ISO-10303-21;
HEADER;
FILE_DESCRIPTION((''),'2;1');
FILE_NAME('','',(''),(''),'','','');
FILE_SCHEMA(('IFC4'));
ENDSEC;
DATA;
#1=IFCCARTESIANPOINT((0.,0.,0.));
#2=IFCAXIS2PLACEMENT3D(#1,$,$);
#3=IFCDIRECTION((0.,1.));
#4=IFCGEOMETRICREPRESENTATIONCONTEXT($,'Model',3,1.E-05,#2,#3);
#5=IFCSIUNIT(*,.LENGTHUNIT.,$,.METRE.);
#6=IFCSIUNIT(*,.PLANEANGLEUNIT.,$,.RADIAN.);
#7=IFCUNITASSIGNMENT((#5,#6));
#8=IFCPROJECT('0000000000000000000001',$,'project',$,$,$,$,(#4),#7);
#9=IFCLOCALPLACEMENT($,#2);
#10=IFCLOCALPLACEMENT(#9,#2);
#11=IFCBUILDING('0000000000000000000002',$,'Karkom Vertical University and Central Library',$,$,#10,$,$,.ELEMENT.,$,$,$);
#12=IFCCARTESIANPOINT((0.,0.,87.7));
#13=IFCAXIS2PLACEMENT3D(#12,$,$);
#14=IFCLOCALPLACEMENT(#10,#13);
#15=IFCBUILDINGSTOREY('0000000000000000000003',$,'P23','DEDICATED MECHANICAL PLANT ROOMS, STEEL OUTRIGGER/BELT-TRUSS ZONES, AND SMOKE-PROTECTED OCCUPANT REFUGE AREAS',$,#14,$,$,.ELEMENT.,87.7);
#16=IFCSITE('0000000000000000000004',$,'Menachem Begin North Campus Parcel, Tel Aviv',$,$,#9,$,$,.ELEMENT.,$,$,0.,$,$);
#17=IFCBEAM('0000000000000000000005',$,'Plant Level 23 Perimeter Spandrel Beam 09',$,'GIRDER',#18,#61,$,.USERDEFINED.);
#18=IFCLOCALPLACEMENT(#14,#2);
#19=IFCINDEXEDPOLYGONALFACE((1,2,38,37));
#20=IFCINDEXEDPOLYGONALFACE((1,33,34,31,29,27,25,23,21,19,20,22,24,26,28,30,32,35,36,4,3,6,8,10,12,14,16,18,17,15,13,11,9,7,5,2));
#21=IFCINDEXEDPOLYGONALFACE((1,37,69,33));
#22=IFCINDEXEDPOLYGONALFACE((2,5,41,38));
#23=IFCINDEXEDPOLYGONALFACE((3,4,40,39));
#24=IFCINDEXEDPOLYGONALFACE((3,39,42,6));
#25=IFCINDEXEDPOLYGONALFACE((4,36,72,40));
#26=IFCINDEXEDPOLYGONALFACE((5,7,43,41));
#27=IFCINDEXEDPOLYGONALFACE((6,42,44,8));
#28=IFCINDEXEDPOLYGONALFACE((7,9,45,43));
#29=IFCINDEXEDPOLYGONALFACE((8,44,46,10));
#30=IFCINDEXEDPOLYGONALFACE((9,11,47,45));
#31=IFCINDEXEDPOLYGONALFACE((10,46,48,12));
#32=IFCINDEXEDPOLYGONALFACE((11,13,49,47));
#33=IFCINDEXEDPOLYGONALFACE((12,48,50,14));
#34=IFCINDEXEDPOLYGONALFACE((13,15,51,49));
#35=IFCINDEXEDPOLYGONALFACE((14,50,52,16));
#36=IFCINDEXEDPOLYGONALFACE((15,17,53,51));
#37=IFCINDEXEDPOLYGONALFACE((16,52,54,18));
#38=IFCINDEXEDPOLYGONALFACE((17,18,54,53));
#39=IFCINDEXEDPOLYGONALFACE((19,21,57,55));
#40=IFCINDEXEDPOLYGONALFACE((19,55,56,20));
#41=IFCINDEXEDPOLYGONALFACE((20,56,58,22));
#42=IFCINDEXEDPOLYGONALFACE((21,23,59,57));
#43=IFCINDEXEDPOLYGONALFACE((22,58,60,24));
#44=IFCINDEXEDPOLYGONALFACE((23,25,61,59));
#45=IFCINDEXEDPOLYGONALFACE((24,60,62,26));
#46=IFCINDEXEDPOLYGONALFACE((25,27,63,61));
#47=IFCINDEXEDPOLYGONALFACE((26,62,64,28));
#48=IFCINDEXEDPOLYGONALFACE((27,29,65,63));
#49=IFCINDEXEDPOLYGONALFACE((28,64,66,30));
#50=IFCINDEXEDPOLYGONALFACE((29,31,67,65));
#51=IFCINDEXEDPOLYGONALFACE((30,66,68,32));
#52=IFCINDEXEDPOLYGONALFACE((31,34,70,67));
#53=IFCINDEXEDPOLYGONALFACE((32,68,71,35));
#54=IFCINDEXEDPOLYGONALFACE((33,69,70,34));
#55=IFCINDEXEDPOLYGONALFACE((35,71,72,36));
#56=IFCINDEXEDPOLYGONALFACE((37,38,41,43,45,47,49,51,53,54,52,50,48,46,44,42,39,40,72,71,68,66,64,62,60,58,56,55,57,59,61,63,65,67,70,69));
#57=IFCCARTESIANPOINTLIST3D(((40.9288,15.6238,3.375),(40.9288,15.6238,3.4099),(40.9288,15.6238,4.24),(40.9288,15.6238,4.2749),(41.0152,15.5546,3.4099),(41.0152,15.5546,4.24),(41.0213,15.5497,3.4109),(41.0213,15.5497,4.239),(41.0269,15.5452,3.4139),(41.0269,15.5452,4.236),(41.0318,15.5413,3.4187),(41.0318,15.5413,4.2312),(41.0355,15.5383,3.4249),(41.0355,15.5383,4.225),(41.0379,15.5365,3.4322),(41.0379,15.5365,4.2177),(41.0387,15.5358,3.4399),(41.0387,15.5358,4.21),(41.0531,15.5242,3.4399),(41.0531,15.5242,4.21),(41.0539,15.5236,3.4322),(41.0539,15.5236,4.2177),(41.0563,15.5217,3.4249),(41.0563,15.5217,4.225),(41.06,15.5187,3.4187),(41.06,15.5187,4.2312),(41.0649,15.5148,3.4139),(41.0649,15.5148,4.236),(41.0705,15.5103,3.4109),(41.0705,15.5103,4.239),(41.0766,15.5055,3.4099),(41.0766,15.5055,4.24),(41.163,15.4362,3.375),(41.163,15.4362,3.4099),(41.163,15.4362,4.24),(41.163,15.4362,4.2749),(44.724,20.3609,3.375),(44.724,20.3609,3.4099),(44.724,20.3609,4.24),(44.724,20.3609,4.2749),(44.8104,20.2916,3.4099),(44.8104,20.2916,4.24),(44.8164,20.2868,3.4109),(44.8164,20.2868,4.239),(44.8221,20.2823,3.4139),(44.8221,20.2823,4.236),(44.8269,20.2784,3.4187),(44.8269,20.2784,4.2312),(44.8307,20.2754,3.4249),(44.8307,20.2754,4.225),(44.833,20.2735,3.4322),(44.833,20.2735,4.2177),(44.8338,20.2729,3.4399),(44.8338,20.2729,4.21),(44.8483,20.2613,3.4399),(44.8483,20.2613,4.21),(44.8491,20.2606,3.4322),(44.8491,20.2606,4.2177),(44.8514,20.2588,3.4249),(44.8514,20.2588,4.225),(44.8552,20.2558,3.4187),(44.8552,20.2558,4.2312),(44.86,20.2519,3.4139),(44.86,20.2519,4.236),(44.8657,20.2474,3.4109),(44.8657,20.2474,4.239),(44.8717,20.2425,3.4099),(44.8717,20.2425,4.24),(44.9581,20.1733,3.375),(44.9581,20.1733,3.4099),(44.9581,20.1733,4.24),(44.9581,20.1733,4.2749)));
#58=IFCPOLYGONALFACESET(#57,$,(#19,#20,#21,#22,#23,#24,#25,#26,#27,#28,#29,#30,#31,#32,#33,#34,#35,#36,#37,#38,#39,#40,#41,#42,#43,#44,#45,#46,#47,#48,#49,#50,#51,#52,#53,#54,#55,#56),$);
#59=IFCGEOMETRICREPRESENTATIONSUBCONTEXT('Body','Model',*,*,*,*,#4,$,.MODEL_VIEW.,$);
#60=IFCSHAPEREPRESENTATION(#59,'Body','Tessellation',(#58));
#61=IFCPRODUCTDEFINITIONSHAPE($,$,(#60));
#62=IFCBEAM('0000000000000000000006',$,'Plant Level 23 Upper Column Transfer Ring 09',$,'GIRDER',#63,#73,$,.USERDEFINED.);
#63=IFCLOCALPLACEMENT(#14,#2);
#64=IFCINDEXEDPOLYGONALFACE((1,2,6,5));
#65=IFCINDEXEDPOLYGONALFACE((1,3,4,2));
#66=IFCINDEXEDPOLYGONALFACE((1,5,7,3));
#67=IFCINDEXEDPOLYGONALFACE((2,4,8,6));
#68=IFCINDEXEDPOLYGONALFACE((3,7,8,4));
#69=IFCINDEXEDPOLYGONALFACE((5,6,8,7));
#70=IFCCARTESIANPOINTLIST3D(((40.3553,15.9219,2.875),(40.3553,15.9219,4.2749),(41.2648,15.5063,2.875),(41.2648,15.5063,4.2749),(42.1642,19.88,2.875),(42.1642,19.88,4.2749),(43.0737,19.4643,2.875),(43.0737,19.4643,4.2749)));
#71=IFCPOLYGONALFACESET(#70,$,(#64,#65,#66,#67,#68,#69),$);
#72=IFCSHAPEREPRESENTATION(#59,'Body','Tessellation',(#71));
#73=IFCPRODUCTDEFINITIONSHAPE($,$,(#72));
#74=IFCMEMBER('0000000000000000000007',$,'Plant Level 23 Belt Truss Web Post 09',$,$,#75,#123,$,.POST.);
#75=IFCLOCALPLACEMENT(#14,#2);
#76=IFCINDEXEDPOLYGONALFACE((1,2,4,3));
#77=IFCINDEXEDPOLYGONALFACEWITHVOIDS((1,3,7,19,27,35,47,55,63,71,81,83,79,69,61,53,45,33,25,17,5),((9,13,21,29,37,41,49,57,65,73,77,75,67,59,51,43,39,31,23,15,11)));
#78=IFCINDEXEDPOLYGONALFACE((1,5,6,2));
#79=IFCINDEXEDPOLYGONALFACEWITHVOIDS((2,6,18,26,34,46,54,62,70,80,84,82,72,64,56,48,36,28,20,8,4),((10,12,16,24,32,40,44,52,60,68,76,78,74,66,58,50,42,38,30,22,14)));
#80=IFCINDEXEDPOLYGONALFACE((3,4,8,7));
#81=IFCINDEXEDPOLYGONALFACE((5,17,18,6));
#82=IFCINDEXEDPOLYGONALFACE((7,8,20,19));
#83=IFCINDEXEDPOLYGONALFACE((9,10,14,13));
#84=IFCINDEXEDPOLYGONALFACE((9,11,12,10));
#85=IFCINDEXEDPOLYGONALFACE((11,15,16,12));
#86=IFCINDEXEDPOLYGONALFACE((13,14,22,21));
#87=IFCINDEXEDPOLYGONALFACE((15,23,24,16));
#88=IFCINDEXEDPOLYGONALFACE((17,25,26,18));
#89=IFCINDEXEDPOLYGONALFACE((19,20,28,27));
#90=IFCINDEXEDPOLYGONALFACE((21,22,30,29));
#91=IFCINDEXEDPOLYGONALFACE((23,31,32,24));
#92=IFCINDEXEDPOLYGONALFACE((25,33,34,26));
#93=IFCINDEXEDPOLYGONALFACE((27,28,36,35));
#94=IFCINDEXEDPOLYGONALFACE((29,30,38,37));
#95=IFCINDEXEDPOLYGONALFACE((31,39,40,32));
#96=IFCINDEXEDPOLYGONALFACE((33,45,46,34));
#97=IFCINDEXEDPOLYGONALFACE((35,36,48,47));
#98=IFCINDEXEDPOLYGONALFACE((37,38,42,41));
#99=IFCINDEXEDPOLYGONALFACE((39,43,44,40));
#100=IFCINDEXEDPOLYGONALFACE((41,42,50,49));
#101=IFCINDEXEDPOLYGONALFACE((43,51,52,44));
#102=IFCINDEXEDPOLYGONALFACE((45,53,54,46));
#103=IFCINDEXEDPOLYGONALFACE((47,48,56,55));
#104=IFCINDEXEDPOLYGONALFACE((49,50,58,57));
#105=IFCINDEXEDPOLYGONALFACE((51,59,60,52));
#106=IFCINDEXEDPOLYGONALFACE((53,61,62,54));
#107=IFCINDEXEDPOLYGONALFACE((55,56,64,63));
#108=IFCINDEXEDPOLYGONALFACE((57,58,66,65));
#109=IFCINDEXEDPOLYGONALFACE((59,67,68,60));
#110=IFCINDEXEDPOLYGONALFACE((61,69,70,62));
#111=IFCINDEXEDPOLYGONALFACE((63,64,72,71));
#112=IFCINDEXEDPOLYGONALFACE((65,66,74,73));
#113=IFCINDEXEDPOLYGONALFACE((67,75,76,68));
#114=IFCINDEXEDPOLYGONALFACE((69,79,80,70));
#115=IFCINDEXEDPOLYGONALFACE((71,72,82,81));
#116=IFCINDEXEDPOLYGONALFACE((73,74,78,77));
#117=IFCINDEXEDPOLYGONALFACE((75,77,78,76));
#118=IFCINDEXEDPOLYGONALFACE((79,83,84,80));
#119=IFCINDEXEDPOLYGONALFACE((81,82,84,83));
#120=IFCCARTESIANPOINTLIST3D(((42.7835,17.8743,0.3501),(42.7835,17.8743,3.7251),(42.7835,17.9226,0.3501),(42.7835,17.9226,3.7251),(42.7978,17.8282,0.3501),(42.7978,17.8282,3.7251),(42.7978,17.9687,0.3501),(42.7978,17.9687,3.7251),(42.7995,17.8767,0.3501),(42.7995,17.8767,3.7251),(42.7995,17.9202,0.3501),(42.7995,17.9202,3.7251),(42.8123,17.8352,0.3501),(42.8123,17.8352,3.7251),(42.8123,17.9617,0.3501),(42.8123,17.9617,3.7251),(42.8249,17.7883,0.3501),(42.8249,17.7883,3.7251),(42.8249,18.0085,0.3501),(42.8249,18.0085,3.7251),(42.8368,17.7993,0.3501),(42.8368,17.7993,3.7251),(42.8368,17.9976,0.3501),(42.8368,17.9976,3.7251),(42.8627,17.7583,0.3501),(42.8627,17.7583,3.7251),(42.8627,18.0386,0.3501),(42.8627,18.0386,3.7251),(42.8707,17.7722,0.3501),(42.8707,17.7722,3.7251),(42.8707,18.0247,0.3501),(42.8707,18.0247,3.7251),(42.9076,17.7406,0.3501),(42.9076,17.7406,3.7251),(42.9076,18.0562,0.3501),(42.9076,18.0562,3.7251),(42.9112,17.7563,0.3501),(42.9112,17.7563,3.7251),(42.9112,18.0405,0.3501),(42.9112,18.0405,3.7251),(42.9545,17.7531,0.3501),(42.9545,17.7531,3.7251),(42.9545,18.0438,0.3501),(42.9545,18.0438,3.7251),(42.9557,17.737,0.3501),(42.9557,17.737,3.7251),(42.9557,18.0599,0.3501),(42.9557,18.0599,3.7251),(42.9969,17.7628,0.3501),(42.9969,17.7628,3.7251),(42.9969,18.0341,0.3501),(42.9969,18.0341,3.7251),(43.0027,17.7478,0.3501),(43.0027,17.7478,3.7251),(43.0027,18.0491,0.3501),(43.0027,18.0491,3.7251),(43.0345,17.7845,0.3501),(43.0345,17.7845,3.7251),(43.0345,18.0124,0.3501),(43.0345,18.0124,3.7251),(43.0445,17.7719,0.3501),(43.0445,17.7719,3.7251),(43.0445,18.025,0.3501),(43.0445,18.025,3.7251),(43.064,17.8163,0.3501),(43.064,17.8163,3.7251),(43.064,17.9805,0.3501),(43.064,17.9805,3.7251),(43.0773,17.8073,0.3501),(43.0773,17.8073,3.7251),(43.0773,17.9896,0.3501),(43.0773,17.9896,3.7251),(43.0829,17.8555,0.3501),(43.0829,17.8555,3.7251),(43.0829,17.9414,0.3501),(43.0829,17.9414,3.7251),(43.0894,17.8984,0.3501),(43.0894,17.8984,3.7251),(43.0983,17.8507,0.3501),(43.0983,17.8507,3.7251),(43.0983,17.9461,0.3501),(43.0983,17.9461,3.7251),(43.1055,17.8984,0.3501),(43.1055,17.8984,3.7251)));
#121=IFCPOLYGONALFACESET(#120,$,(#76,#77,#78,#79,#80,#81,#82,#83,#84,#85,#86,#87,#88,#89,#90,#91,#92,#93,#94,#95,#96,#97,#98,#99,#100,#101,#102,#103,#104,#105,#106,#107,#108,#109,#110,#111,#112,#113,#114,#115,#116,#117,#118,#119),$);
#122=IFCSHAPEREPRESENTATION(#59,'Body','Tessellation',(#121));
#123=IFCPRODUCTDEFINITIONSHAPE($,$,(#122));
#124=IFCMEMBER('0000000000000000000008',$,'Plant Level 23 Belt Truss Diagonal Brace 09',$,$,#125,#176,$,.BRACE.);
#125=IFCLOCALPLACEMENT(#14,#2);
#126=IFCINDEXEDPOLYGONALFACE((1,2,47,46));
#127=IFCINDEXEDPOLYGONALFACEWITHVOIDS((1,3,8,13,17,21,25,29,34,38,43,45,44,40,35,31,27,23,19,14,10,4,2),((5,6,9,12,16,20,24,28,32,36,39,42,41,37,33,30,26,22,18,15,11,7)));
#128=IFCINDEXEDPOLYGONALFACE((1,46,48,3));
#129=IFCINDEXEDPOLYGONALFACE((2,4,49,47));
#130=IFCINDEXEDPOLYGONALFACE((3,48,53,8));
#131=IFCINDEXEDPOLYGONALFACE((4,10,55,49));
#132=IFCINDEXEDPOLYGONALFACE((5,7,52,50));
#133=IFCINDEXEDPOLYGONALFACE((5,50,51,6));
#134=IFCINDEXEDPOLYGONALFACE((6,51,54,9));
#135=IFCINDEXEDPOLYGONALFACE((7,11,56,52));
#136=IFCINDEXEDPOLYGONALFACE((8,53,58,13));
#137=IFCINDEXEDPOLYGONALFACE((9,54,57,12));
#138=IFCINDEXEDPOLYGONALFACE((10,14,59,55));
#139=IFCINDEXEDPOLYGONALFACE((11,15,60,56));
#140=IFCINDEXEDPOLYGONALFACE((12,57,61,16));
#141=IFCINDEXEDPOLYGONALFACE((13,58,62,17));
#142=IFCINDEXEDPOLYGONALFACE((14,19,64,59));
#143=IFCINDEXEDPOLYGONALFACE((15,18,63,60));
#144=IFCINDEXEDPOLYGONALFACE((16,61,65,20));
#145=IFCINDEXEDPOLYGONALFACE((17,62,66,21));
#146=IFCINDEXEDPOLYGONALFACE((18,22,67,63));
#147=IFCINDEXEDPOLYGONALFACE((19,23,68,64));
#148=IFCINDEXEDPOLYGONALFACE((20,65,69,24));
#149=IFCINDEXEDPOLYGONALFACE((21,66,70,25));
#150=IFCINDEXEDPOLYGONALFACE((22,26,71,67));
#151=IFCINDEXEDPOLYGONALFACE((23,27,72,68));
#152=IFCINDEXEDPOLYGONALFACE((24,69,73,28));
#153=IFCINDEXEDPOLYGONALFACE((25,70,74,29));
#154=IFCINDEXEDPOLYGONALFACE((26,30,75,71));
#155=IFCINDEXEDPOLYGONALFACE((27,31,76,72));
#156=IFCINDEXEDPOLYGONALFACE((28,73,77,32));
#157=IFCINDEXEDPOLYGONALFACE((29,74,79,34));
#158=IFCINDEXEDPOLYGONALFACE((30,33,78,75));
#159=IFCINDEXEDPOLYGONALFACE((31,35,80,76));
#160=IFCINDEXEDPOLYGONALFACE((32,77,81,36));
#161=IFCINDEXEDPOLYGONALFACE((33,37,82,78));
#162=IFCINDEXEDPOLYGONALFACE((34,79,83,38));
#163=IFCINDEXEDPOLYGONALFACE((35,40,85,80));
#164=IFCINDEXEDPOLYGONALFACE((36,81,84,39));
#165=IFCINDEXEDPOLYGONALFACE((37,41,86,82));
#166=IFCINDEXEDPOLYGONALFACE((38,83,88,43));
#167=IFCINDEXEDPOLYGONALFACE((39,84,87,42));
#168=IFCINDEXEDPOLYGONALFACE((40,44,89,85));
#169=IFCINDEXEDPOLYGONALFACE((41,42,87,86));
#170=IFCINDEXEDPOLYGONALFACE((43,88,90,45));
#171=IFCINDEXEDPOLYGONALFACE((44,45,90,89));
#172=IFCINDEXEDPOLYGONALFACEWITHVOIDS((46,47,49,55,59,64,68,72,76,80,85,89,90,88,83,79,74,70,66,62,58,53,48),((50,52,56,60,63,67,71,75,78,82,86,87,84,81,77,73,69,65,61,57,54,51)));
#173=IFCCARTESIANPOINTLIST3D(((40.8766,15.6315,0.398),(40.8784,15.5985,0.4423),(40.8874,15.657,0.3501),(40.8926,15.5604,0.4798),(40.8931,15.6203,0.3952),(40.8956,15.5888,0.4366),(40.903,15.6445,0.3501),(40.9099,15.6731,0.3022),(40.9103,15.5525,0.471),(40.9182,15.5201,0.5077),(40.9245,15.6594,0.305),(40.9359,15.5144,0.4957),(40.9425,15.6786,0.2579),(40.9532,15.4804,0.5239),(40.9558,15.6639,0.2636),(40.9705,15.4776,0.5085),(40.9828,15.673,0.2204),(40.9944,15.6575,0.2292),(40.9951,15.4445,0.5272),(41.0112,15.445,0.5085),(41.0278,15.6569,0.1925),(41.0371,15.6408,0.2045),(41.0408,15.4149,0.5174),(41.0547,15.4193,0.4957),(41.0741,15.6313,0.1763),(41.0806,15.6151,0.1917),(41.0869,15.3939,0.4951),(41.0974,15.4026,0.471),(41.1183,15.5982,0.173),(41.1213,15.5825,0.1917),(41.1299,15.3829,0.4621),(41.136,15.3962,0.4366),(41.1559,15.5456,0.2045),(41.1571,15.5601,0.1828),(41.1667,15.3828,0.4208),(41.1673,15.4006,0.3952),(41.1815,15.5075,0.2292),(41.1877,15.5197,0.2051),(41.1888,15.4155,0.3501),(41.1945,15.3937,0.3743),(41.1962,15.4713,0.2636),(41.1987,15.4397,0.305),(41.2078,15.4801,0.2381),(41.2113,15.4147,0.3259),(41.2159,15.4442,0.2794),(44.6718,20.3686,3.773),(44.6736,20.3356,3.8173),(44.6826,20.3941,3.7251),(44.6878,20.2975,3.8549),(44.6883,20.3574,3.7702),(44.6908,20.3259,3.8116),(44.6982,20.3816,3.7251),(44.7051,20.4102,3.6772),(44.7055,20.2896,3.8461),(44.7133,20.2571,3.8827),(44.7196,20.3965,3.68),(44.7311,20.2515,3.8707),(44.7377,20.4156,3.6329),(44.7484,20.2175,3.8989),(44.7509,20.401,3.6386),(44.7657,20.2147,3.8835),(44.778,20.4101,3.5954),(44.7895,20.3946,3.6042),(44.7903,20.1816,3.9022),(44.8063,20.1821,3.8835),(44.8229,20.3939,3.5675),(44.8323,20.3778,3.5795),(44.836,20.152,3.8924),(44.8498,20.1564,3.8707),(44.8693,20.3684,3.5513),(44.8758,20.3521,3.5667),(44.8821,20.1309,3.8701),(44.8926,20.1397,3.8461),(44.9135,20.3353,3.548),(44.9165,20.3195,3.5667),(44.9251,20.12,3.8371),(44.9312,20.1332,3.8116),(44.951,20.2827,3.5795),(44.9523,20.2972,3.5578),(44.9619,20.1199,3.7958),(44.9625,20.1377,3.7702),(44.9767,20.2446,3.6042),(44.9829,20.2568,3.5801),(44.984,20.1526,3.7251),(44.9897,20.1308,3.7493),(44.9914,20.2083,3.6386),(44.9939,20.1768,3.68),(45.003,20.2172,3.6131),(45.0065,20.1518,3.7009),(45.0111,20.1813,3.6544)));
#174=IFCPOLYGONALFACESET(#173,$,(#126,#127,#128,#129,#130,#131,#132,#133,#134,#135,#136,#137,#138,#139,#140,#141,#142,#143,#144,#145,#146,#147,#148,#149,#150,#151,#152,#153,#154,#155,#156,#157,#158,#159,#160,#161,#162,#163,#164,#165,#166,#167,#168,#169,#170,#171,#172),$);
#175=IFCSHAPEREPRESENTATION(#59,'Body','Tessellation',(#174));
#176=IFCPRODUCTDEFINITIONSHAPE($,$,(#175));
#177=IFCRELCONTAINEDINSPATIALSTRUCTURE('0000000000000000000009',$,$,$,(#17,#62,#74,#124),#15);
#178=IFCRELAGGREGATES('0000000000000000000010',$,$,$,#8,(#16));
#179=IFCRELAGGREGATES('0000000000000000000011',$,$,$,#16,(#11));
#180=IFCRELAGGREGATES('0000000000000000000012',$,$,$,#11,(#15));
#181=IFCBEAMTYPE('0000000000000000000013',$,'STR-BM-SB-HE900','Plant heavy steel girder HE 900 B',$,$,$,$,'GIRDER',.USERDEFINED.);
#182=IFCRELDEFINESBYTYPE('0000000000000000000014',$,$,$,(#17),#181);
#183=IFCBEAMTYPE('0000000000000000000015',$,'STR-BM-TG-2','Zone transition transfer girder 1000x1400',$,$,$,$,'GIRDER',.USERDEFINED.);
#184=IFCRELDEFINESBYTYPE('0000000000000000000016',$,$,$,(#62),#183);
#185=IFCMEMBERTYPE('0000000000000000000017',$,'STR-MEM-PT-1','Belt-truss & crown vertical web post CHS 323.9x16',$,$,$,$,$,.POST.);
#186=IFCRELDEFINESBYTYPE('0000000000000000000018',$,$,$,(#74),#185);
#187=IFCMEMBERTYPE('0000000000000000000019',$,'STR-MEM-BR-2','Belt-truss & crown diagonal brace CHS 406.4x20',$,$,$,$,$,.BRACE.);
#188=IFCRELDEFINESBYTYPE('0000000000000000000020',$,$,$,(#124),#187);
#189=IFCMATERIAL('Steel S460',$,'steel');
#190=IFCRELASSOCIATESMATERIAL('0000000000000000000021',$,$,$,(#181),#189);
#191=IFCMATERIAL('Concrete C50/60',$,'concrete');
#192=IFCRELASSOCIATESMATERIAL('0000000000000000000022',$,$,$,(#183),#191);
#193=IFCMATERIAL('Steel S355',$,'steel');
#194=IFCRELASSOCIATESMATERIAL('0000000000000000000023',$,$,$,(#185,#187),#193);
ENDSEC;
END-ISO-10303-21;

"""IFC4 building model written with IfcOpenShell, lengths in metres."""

from ifc_helpers import new_model, si_unit, direction, frame, origin, origin_with_axes, origin_2d, place, context, subcontext, project, spatial, rectangle, hollow_circle, i_section, extrude, source, transform, mapped, material, material_profile, profile_set, type_object, element, save


model = new_model("IFC4")

# Units and contexts
model_context = context("Model", 3, precision=1e-05, world=origin(), true_north=direction((0.0, 1.0)))
body_context = subcontext(model_context, "Body", "Model", "MODEL_VIEW")
ifc_project = project(units=[si_unit("LENGTHUNIT", "METRE"), si_unit("PLANEANGLEUNIT", "RADIAN")], contexts=[model_context])

# Site, building, storey
site_placement = place(None, origin())
site = spatial("IfcSite", under=ifc_project, at=site_placement, Name="Menachem Begin North Campus Parcel, Tel Aviv", CompositionType="ELEMENT", RefElevation=0.0)
building_placement = place(site_placement, origin())
building = spatial("IfcBuilding", under=site, at=building_placement, Name="Karkom Vertical University and Central Library", CompositionType="ELEMENT")
storey_placement = place(building_placement, frame((0.0, 0.0, 87.7)))
storey = spatial("IfcBuildingStorey", under=building, at=storey_placement, Name="P23", Description="DEDICATED MECHANICAL PLANT ROOMS, STEEL OUTRIGGER/BELT-TRUSS ZONES, AND SMOKE-PROTECTED OCCUPANT REFUGE AREAS", CompositionType="ELEMENT", Elevation=87.7)

# Shared definitions
ifc_material_1 = material(Name="Concrete C50/60", Category="concrete")

# Beams
ifc_material_2 = material(Name="Steel S355", Category="steel")
ifc_material_3 = material(Name="Steel S460", Category="steel")
ifc_material_profile_1 = material_profile(ifc_material_3, i_section(OverallWidth=0.3, OverallDepth=0.8999, WebThickness=0.0186, FlangeThickness=0.0349, FilletRadius=0.03, at=origin_2d()), Name="HE 900 B")
ifc_profile_set_1 = profile_set([ifc_material_profile_1], Name="Steel S460")
beam_type_1 = type_object("IfcBeamType", Name="STR-BM-SB-HE900", Description="Plant heavy steel girder HE 900 B", ElementType="GIRDER", PredefinedType="USERDEFINED", material=ifc_profile_set_1)
shared_shape_1 = source(origin_with_axes(), body_context, "Body", "SweptSolid", [
    extrude(i_section(OverallWidth=0.3, OverallDepth=0.8999, WebThickness=0.0186, FlangeThickness=0.0349, FilletRadius=0.03, at=origin_2d()), origin(), (0.0, 0.0, 1.0), 6.0698),
])
beam_1_placement = place(storey_placement, frame((41.0459, 15.53, 3.825), z_axis=(0.625249, 0.780425, 0.0), x_axis=(-0.780425, 0.625249, 0.0)))
element("IfcBeam", 1, at=beam_1_placement, inside=storey, type_object=beam_type_1, Name="Plant Level 23 Perimeter Spandrel Beam 09", ObjectType="GIRDER", PredefinedType="USERDEFINED", context=body_context, shape_type="MappedRepresentation", body=[
    mapped(shared_shape_1, transform((0.0, 0.0, 0.0), scale=1.0)),
])
ifc_material_profile_2 = material_profile(ifc_material_1, rectangle(XDim=1.0, YDim=1.3999, at=origin_2d()), Name="TG-1000x1400")
ifc_profile_set_2 = profile_set([ifc_material_profile_2], Name="Concrete C50/60")
beam_type_2 = type_object("IfcBeamType", Name="STR-BM-TG-2", Description="Zone transition transfer girder 1000x1400", ElementType="GIRDER", PredefinedType="USERDEFINED", material=ifc_profile_set_2)
shared_shape_2 = source(origin_with_axes(), body_context, "Body", "SweptSolid", [
    extrude(rectangle(XDim=1.0, YDim=1.3999, at=origin_2d()), origin(), (0.0, 0.0, 1.0), 4.3518),
])
beam_2_placement = place(storey_placement, frame((40.8101, 15.7141, 3.575), z_axis=(0.415658, 0.909521, 0.0), x_axis=(-0.909521, 0.415658, 0.0)))
element("IfcBeam", 2, at=beam_2_placement, inside=storey, type_object=beam_type_2, Name="Plant Level 23 Upper Column Transfer Ring 09", ObjectType="GIRDER", PredefinedType="USERDEFINED", context=body_context, shape_type="MappedRepresentation", body=[
    mapped(shared_shape_2, transform((0.0, 0.0, 0.0), scale=1.0)),
])

# Members
ifc_material_profile_3 = material_profile(ifc_material_2, hollow_circle(Radius=0.1619, WallThickness=0.0161, at=origin_2d()), Name="CHS 323.9x16")
ifc_profile_set_3 = profile_set([ifc_material_profile_3], Name="Steel S355")
member_type_1 = type_object("IfcMemberType", Name="STR-MEM-PT-1", Description="Belt-truss & crown vertical web post CHS 323.9x16", PredefinedType="POST", material=ifc_profile_set_3)
shared_shape_3 = source(origin_with_axes(), body_context, "Body", "SweptSolid", [
    extrude(hollow_circle(Radius=0.1619, WallThickness=0.0161, at=origin_2d()), origin(), (0.0, 0.0, 1.0), 3.375),
])
member_1_placement = place(storey_placement, frame((42.9436, 17.8984, 0.3501), z_axis=(0.0, 0.0, 1.0), x_axis=(1.0, 0.0, 0.0)))
element("IfcMember", 3, at=member_1_placement, inside=storey, type_object=member_type_1, Name="Plant Level 23 Belt Truss Web Post 09", PredefinedType="POST", context=body_context, shape_type="MappedRepresentation", body=[
    mapped(shared_shape_3, transform((0.0, 0.0, 0.0), scale=1.0)),
])
ifc_material_profile_4 = material_profile(ifc_material_2, hollow_circle(Radius=0.2031, WallThickness=0.02, at=origin_2d()), Name="CHS 406.4x20")
ifc_profile_set_4 = profile_set([ifc_material_profile_4], Name="Steel S355")
member_type_2 = type_object("IfcMemberType", Name="STR-MEM-BR-2", Description="Belt-truss & crown diagonal brace CHS 406.4x20", PredefinedType="BRACE", material=ifc_profile_set_4)
shared_shape_4 = source(origin_with_axes(), body_context, "Body", "SweptSolid", [
    extrude(hollow_circle(Radius=0.2031, WallThickness=0.02, at=origin_2d()), origin(), (0.0, 0.0, 1.0), 6.9451),
])
member_2_placement = place(storey_placement, frame((41.0459, 15.53, 0.3501), z_axis=(0.546457, 0.682078, 0.485958), x_axis=(-0.780425, 0.625249, 0.0)))
element("IfcMember", 4, at=member_2_placement, inside=storey, type_object=member_type_2, Name="Plant Level 23 Belt Truss Diagonal Brace 09", PredefinedType="BRACE", context=body_context, shape_type="MappedRepresentation", body=[
    mapped(shared_shape_4, transform((0.0, 0.0, 0.0), scale=1.0)),
])

save(model, "model.ifc")
